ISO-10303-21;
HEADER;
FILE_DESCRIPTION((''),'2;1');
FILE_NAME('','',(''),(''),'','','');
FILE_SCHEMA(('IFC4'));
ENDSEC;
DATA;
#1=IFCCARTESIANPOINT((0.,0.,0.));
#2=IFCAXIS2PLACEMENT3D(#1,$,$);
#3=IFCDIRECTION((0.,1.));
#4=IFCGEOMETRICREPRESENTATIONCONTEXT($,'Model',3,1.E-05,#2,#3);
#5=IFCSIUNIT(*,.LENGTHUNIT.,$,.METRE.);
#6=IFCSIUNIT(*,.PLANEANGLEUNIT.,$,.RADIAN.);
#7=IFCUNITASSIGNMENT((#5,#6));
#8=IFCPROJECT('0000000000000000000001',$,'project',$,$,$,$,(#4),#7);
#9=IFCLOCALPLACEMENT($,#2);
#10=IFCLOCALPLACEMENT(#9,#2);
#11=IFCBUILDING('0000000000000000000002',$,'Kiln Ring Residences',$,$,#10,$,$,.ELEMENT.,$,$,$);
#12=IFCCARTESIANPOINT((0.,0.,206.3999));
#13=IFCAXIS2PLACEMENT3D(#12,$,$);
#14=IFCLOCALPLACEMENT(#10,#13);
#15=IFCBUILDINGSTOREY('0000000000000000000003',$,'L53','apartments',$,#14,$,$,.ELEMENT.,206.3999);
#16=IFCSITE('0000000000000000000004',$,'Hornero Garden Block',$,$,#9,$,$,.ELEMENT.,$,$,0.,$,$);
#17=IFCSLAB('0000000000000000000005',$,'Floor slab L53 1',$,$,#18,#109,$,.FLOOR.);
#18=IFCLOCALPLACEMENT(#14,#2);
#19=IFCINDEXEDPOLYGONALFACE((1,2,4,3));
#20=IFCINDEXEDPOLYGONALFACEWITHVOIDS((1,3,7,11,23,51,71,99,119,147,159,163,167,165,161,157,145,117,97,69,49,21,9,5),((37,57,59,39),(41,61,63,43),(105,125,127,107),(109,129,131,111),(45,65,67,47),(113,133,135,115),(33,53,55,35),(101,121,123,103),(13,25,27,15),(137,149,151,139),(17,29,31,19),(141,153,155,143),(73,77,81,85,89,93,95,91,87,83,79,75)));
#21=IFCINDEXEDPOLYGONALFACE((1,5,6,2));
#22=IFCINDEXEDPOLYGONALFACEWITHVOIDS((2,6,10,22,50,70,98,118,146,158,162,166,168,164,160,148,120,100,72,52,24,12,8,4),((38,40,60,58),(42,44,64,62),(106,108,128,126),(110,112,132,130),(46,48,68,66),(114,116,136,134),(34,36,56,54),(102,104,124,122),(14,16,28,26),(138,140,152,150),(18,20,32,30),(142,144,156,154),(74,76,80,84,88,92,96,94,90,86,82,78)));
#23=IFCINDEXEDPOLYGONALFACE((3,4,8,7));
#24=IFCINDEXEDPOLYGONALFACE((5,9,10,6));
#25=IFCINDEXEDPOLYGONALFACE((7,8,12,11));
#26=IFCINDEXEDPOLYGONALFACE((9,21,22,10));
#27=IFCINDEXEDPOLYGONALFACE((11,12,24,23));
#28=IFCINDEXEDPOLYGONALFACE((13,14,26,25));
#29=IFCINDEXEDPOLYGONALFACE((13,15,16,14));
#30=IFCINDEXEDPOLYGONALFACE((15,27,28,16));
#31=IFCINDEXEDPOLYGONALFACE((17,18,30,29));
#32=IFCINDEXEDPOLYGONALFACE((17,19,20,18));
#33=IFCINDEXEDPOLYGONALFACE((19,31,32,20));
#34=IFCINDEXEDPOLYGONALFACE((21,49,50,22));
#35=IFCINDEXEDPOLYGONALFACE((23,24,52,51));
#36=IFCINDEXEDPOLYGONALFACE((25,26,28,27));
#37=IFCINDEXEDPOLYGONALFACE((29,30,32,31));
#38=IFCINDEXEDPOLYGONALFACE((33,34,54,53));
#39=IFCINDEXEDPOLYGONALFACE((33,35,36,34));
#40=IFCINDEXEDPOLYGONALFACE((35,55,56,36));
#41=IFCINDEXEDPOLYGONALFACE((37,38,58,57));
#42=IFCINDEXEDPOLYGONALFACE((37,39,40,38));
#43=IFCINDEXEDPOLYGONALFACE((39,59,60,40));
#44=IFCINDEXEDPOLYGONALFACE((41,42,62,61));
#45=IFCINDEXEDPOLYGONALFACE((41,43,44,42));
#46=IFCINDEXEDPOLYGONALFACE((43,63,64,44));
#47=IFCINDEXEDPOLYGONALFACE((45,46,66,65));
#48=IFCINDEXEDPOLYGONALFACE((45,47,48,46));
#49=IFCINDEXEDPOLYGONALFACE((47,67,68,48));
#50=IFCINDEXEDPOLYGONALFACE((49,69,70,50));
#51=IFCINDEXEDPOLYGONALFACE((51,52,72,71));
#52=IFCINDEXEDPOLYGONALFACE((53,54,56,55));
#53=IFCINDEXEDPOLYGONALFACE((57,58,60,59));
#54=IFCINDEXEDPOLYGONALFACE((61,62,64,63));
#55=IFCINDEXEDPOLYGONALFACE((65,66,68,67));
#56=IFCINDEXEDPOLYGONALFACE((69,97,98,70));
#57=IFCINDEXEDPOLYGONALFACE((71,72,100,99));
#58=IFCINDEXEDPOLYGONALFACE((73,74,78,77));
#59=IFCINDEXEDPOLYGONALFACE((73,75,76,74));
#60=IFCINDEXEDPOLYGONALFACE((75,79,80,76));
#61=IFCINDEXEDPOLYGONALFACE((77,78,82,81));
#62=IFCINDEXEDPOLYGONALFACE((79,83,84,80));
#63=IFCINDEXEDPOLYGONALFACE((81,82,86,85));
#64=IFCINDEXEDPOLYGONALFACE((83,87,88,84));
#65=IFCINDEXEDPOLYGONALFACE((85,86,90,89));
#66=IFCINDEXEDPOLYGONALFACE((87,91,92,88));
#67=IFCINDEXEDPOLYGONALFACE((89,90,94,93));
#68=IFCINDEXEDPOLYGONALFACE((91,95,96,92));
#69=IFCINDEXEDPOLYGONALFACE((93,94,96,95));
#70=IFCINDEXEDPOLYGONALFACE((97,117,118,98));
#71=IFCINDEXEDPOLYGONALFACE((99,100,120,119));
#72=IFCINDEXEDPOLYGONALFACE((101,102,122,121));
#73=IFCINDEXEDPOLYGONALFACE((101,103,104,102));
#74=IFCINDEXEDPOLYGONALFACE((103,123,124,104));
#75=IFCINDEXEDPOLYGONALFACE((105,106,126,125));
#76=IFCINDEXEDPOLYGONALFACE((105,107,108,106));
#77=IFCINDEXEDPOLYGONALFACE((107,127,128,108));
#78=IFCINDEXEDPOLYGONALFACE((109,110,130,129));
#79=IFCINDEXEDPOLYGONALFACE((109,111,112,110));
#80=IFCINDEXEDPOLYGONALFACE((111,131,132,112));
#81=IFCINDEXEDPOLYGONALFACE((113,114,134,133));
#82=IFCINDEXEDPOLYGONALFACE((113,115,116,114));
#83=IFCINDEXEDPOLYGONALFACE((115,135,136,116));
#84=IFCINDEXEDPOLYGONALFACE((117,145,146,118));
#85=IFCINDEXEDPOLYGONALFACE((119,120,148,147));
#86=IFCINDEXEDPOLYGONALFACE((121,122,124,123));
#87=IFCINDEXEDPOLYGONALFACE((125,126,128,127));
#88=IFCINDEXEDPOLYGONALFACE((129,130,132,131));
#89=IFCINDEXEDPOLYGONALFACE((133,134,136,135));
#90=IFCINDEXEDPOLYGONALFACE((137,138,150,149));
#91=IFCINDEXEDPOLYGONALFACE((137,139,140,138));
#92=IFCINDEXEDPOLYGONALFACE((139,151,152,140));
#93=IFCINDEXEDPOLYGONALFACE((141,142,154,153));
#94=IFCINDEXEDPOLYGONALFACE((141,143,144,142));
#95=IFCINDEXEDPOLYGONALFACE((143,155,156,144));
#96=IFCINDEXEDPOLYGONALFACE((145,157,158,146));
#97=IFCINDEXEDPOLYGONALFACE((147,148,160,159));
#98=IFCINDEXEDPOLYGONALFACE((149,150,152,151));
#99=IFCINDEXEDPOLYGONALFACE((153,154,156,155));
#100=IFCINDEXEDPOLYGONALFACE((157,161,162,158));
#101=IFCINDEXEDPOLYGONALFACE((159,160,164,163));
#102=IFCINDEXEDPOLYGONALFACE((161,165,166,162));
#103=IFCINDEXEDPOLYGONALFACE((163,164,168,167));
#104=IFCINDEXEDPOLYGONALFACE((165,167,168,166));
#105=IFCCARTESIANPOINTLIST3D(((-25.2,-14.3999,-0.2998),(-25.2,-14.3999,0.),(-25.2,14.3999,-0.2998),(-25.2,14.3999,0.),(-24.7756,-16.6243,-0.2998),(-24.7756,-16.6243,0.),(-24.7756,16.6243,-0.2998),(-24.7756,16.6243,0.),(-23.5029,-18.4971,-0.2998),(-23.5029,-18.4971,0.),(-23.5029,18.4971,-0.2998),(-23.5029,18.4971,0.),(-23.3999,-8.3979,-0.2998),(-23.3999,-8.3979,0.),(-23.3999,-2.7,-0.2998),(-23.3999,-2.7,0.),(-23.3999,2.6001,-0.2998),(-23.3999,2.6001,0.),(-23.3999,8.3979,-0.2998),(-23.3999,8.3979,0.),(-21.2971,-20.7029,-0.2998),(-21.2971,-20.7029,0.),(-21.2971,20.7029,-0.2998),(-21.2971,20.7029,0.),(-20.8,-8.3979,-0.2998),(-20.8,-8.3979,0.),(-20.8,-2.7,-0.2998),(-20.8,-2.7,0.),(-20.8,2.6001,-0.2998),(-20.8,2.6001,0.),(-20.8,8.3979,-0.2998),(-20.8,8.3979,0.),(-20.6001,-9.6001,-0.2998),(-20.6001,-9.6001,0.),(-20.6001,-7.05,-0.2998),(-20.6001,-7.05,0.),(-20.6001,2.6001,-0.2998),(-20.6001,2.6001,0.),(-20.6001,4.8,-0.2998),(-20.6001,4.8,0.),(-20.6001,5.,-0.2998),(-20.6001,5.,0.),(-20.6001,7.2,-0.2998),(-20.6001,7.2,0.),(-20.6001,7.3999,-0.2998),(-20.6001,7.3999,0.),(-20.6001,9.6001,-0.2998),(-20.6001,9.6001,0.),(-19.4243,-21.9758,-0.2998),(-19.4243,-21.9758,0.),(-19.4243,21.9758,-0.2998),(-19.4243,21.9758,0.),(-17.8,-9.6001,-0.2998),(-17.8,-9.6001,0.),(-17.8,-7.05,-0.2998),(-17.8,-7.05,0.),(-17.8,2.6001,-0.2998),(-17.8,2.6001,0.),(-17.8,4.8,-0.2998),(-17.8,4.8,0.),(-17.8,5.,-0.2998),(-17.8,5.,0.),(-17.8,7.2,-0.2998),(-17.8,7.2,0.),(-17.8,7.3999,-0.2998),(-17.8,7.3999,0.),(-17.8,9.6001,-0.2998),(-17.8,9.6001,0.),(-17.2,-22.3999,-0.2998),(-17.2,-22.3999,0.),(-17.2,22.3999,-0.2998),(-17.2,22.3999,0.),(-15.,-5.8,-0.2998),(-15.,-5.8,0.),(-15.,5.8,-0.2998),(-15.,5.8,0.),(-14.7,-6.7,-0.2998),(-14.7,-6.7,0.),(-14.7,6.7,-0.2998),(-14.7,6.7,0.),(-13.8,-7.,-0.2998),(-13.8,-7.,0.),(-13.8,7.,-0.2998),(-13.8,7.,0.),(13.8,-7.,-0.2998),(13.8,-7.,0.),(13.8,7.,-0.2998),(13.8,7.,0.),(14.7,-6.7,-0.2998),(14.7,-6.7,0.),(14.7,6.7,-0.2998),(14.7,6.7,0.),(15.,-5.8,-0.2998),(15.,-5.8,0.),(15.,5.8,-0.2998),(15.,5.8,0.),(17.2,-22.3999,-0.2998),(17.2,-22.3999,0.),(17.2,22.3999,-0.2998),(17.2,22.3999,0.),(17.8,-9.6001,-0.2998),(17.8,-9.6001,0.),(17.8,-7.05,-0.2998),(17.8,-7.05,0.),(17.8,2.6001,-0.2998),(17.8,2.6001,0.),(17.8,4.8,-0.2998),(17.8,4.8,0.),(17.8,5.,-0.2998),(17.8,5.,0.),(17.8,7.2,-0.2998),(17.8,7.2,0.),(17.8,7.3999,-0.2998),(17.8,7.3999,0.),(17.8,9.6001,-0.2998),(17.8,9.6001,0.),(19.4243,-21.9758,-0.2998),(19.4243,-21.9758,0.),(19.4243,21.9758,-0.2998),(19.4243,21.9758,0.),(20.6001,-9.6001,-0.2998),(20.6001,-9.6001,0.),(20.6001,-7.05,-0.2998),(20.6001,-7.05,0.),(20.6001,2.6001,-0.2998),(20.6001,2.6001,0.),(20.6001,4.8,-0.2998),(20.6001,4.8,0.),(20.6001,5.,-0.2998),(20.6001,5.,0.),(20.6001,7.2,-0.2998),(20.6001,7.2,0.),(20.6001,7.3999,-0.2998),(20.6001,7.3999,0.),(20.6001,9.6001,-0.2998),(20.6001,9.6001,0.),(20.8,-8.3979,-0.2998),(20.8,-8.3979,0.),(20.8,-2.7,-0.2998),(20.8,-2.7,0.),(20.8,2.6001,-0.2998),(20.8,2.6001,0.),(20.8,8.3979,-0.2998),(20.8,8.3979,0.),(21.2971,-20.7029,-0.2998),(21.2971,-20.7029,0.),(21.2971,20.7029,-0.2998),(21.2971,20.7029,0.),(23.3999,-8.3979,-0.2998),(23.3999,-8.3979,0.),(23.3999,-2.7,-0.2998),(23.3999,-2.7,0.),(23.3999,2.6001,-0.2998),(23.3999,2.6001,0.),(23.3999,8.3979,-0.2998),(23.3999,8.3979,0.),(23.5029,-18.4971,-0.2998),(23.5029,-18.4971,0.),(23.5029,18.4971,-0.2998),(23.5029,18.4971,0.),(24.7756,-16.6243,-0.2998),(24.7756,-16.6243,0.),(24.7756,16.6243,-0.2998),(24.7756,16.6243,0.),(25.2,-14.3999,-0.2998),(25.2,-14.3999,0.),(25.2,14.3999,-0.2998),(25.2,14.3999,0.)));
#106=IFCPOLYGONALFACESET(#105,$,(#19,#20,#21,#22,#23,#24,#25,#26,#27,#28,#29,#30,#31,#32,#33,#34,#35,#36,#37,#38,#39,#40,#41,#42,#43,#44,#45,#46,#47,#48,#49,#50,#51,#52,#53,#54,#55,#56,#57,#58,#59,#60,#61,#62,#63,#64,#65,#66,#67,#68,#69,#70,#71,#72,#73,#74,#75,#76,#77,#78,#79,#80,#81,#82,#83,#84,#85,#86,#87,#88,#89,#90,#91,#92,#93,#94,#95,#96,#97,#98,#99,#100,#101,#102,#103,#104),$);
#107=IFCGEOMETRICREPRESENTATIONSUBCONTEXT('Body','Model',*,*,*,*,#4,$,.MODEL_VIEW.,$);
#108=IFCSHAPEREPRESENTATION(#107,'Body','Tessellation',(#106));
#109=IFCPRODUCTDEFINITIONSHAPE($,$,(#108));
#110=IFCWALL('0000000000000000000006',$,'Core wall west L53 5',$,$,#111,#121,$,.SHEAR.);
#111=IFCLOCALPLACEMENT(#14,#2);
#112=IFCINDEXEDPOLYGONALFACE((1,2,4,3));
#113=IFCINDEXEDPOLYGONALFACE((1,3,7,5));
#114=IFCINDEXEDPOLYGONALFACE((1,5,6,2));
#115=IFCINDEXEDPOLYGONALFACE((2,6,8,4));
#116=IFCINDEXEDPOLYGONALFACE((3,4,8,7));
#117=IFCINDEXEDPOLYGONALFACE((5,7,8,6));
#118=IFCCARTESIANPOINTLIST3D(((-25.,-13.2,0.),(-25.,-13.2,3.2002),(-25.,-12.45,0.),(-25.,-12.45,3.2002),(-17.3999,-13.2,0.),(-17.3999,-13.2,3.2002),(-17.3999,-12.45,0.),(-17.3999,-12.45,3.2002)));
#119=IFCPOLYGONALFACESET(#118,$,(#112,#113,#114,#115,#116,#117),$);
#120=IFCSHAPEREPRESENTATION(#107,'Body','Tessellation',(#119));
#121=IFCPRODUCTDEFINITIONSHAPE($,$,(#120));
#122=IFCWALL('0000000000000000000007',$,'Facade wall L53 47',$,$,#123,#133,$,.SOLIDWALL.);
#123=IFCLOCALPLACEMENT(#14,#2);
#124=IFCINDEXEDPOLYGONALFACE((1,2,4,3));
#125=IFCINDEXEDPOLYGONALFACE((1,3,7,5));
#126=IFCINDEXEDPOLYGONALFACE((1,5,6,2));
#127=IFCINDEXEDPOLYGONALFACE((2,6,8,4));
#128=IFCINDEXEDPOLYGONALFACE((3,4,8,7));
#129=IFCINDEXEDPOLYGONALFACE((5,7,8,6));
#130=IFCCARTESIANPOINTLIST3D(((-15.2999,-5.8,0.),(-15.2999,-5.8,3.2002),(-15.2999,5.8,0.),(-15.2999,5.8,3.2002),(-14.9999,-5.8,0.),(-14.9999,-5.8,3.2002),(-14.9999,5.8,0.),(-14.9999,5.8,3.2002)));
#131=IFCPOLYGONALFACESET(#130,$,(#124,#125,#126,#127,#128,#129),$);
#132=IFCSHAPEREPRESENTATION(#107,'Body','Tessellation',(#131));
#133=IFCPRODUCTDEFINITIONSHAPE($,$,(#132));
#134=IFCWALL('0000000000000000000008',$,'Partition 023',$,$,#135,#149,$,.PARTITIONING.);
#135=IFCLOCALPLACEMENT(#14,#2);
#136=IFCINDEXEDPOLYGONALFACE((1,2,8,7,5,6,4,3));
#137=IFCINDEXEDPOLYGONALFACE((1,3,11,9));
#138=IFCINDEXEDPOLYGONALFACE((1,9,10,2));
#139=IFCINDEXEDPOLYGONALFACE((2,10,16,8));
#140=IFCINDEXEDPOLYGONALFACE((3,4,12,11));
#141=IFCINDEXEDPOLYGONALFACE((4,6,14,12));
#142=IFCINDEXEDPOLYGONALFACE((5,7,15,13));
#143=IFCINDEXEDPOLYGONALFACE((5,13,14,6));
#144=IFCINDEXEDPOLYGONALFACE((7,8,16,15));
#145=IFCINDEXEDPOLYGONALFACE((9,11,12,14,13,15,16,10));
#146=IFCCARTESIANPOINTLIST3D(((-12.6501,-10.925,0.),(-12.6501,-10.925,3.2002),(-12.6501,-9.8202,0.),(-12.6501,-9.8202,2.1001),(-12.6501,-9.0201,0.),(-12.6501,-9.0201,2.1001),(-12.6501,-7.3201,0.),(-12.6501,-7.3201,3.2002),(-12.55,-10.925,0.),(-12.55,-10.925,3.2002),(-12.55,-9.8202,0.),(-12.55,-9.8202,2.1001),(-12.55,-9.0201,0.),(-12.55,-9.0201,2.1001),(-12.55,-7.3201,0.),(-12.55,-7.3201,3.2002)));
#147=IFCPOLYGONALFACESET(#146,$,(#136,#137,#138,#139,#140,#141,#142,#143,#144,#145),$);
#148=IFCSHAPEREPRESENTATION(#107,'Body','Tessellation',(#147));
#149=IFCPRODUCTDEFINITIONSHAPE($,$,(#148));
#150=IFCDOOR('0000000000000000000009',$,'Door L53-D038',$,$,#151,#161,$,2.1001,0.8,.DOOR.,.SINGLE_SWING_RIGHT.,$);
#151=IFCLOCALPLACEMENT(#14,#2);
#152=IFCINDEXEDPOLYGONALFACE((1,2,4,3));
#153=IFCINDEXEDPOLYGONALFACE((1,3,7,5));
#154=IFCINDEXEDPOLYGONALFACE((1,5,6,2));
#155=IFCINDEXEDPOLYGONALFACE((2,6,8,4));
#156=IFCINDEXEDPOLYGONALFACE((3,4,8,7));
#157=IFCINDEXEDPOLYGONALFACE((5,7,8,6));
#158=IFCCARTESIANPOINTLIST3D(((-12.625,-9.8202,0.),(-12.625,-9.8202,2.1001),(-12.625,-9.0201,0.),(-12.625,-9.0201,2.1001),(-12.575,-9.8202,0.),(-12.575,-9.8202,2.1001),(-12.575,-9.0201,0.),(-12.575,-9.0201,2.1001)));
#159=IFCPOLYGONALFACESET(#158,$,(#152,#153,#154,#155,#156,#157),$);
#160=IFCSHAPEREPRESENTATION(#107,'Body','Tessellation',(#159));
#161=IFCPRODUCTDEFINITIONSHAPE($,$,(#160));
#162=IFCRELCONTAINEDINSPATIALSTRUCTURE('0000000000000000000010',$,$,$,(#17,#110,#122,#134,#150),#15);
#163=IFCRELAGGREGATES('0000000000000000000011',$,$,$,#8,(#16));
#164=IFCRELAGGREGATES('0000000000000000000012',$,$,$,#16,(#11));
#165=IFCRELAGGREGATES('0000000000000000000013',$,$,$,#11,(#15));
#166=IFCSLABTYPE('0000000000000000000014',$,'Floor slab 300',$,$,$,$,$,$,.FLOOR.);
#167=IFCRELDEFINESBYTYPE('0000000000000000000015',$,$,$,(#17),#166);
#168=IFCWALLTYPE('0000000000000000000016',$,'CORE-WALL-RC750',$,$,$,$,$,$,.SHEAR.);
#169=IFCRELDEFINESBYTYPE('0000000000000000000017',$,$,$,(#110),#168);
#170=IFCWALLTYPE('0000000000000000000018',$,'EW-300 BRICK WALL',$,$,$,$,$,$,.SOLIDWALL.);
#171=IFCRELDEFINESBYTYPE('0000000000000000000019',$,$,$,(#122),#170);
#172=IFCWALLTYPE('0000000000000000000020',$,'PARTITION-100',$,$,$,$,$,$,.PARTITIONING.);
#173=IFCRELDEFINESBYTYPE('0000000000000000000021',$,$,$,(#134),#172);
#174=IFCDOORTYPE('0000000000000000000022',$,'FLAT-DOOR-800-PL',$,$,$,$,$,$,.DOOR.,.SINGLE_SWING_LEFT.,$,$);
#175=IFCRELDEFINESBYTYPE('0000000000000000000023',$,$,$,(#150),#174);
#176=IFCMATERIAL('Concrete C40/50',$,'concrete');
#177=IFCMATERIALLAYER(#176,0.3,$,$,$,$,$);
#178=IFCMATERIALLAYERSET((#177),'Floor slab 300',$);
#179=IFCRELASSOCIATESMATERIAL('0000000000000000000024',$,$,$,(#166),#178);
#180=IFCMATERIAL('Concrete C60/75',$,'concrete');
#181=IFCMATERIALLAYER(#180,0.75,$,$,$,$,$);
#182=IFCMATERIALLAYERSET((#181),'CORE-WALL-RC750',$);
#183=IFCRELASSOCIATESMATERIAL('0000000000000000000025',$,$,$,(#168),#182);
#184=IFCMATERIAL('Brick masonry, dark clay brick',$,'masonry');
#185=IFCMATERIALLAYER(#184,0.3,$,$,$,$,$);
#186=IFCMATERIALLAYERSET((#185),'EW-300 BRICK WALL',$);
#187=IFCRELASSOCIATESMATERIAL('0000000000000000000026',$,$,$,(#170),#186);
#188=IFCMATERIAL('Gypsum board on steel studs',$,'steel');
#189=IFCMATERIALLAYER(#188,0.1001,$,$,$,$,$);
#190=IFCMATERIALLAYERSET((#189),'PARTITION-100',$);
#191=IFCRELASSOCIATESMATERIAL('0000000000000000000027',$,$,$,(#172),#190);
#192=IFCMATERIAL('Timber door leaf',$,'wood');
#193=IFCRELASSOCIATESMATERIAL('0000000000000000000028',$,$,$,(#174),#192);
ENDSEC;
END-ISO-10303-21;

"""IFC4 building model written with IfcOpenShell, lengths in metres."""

from ifc_helpers import new_model, si_unit, direction, frame, frame_2d, origin, place, context, subcontext, project, spatial, polyline, rectangle, outline, extrude, material, layer, layer_set, type_object, element, fill, save


model = new_model("IFC4")

# Units and contexts
model_context = context("Model", 3, precision=1e-05, world=origin(), true_north=direction((0.0, 1.0)))
body_context = subcontext(model_context, "Body", "Model", "MODEL_VIEW")
ifc_project = project(units=[si_unit("LENGTHUNIT", "METRE"), si_unit("PLANEANGLEUNIT", "RADIAN")], contexts=[model_context])

# Site, building, storey
site_placement = place(None, origin())
site = spatial("IfcSite", under=ifc_project, at=site_placement, Name="Hornero Garden Block", CompositionType="ELEMENT", RefElevation=0.0)
building_placement = place(site_placement, origin())
building = spatial("IfcBuilding", under=site, at=building_placement, Name="Kiln Ring Residences", CompositionType="ELEMENT")
storey_placement = place(building_placement, frame((0.0, 0.0, 206.3999)))
storey = spatial("IfcBuildingStorey", under=building, at=storey_placement, Name="L53", Description="apartments", CompositionType="ELEMENT", Elevation=206.3999)

# Slab
ifc_material_1 = material(Name="Concrete C40/50", Category="concrete")
ifc_layer_1 = layer(ifc_material_1, 0.3)
ifc_layer_set_1 = layer_set([ifc_layer_1], Name="Floor slab 300")
slab_type = type_object("IfcSlabType", Name="Floor slab 300", PredefinedType="FLOOR", material=ifc_layer_set_1)
slab_placement = place(storey_placement, frame((0.0, 0.0, -0.2998)))
element("IfcSlab", 1, at=slab_placement, inside=storey, type_object=slab_type, Name="Floor slab L53 1", PredefinedType="FLOOR", context=body_context, shape_type="SweptSolid", body=[
    extrude(outline(polyline([(-23.5029, -18.4971), (-21.2971, -20.7029), (-19.4243, -21.9758), (-17.2, -22.3999), (17.2, -22.3999), (19.4243, -21.9758), (21.2971, -20.7029), (23.5029, -18.4971), (24.7756, -16.6243), (25.2, -14.3999), (25.2, 14.3999), (24.7756, 16.6243), (23.5029, 18.4971), (21.2971, 20.7029), (19.4243, 21.9758), (17.2, 22.3999), (-17.2, 22.3999), (-19.4243, 21.9758), (-21.2971, 20.7029), (-23.5029, 18.4971), (-24.7756, 16.6243), (-25.2, 14.3999), (-25.2, -14.3999), (-24.7756, -16.6243), (-23.5029, -18.4971)]), holes=[polyline([(-14.7, -6.7), (-15.0, -5.8), (-15.0, 5.8), (-14.7, 6.7), (-13.8, 7.0), (13.8, 7.0), (14.7, 6.7), (15.0, 5.8), (15.0, -5.8), (14.7, -6.7), (13.8, -7.0), (-13.8, -7.0), (-14.7, -6.7)]), polyline([(20.8, -8.3979), (20.8, -2.7), (23.3999, -2.7), (23.3999, -8.3979), (20.8, -8.3979)]), polyline([(23.3999, 2.6001), (20.8, 2.6001), (20.8, 8.3979), (23.3999, 8.3979), (23.3999, 2.6001)]), polyline([(17.8, 2.6001), (17.8, 4.8), (20.6001, 4.8), (20.6001, 2.6001), (17.8, 2.6001)]), polyline([(17.8, 5.0), (17.8, 7.2), (20.6001, 7.2), (20.6001, 5.0), (17.8, 5.0)]), polyline([(17.8, 7.3999), (17.8, 9.6001), (20.6001, 9.6001), (20.6001, 7.3999), (17.8, 7.3999)]), polyline([(20.6001, -9.6001), (17.8, -9.6001), (17.8, -7.05), (20.6001, -7.05), (20.6001, -9.6001)]), polyline([(-17.8, -7.05), (-17.8, -9.6001), (-20.6001, -9.6001), (-20.6001, -7.05), (-17.8, -7.05)]), polyline([(-17.8, 2.6001), (-20.6001, 2.6001), (-20.6001, 4.8), (-17.8, 4.8), (-17.8, 2.6001)]), polyline([(-17.8, 5.0), (-20.6001, 5.0), (-20.6001, 7.2), (-17.8, 7.2), (-17.8, 5.0)]), polyline([(-17.8, 7.3999), (-20.6001, 7.3999), (-20.6001, 9.6001), (-17.8, 9.6001), (-17.8, 7.3999)]), polyline([(-20.8, -8.3979), (-23.3999, -8.3979), (-23.3999, -2.7), (-20.8, -2.7), (-20.8, -8.3979)]), polyline([(-20.8, 8.3979), (-20.8, 2.6001), (-23.3999, 2.6001), (-23.3999, 8.3979), (-20.8, 8.3979)])]), origin(), (0.0, 0.0, 1.0), 0.2998),
])

# Walls
ifc_material_2 = material(Name="Concrete C60/75", Category="concrete")
ifc_layer_2 = layer(ifc_material_2, 0.75)
ifc_layer_set_2 = layer_set([ifc_layer_2], Name="CORE-WALL-RC750")
wall_type_1 = type_object("IfcWallType", Name="CORE-WALL-RC750", PredefinedType="SHEAR", material=ifc_layer_set_2)
wall_1_placement = place(storey_placement, frame((-17.3999, -12.825, 0.0), z_axis=(0.0, 0.0, 1.0), x_axis=(-1.0, 0.0, 0.0)))
element("IfcWall", 2, at=wall_1_placement, inside=storey, type_object=wall_type_1, Name="Core wall west L53 5", PredefinedType="SHEAR", context=body_context, shape_type="SweptSolid", body=[
    extrude(rectangle(XDim=7.6001, YDim=0.75, at=frame_2d((3.8, 0.0))), origin(), (0.0, 0.0, 1.0), 3.2002),
])
ifc_material_3 = material(Name="Brick masonry, dark clay brick", Category="masonry")
ifc_layer_3 = layer(ifc_material_3, 0.3)
ifc_layer_set_3 = layer_set([ifc_layer_3], Name="EW-300 BRICK WALL")
wall_type_2 = type_object("IfcWallType", Name="EW-300 BRICK WALL", PredefinedType="SOLIDWALL", material=ifc_layer_set_3)
wall_2_placement = place(storey_placement, frame((-15.1499, -5.8, 0.0), z_axis=(0.0, 0.0, 1.0), x_axis=(0.0, 1.0, 0.0)))
element("IfcWall", 3, at=wall_2_placement, inside=storey, type_object=wall_type_2, Name="Facade wall L53 47", PredefinedType="SOLIDWALL", context=body_context, shape_type="SweptSolid", body=[
    extrude(rectangle(XDim=11.6001, YDim=0.3, at=frame_2d((5.8, 0.0))), origin(), (0.0, 0.0, 1.0), 3.2002),
])

# Wall, opening, door
ifc_material_4 = material(Name="Gypsum board on steel studs", Category="steel")
ifc_layer_4 = layer(ifc_material_4, 0.1001)
ifc_layer_set_4 = layer_set([ifc_layer_4], Name="PARTITION-100")
wall_type_3 = type_object("IfcWallType", Name="PARTITION-100", PredefinedType="PARTITIONING", material=ifc_layer_set_4)
wall_3_placement = place(storey_placement, frame((-12.6001, -10.925, 0.0), z_axis=(0.0, 0.0, 1.0), x_axis=(0.0, 1.0, 0.0)))
wall_3 = element("IfcWall", 4, at=wall_3_placement, inside=storey, type_object=wall_type_3, Name="Partition 023", PredefinedType="PARTITIONING", context=body_context, shape_type="SweptSolid", body=[
    extrude(rectangle(XDim=3.605, YDim=0.1001, at=frame_2d((1.8025, 0.0))), origin(), (0.0, 0.0, 1.0), 3.2002),
])
opening_1_placement = place(wall_3_placement, frame((1.105, 0.0, 0.0)))
opening_1 = element("IfcOpeningElement", 5, at=opening_1_placement, cuts=wall_3, PredefinedType="OPENING", context=body_context, shape_type="SweptSolid", body=[
    extrude(rectangle(XDim=0.8, YDim=2.1001, at=frame_2d((0.3999, 1.05))), frame((0.0, 0.0601, 0.0), z_axis=(0.0, -1.0, 0.0), x_axis=(1.0, 0.0, 0.0)), (0.0, 0.0, 1.0), 0.1201),
])
ifc_material_5 = material(Name="Timber door leaf", Category="wood")
door_type_1 = type_object("IfcDoorType", Name="FLAT-DOOR-800-PL", OperationType="SINGLE_SWING_LEFT", PredefinedType="DOOR", material=ifc_material_5)
door_1_placement = place(opening_1_placement, origin())
door_1 = element("IfcDoor", 6, at=door_1_placement, inside=storey, type_object=door_type_1, Name="Door L53-D038", OperationType="SINGLE_SWING_RIGHT", OverallHeight=2.1001, OverallWidth=0.8, PredefinedType="DOOR", context=body_context, shape_type="SweptSolid", body=[
    extrude(rectangle(XDim=0.8, YDim=2.1001, at=frame_2d((0.3999, 1.05))), frame((0.0, 0.0249, 0.0), z_axis=(0.0, -1.0, 0.0), x_axis=(1.0, 0.0, 0.0)), (0.0, 0.0, 1.0), 0.05),
])
fill(opening_1, door_1)

save(model, "model.ifc")
